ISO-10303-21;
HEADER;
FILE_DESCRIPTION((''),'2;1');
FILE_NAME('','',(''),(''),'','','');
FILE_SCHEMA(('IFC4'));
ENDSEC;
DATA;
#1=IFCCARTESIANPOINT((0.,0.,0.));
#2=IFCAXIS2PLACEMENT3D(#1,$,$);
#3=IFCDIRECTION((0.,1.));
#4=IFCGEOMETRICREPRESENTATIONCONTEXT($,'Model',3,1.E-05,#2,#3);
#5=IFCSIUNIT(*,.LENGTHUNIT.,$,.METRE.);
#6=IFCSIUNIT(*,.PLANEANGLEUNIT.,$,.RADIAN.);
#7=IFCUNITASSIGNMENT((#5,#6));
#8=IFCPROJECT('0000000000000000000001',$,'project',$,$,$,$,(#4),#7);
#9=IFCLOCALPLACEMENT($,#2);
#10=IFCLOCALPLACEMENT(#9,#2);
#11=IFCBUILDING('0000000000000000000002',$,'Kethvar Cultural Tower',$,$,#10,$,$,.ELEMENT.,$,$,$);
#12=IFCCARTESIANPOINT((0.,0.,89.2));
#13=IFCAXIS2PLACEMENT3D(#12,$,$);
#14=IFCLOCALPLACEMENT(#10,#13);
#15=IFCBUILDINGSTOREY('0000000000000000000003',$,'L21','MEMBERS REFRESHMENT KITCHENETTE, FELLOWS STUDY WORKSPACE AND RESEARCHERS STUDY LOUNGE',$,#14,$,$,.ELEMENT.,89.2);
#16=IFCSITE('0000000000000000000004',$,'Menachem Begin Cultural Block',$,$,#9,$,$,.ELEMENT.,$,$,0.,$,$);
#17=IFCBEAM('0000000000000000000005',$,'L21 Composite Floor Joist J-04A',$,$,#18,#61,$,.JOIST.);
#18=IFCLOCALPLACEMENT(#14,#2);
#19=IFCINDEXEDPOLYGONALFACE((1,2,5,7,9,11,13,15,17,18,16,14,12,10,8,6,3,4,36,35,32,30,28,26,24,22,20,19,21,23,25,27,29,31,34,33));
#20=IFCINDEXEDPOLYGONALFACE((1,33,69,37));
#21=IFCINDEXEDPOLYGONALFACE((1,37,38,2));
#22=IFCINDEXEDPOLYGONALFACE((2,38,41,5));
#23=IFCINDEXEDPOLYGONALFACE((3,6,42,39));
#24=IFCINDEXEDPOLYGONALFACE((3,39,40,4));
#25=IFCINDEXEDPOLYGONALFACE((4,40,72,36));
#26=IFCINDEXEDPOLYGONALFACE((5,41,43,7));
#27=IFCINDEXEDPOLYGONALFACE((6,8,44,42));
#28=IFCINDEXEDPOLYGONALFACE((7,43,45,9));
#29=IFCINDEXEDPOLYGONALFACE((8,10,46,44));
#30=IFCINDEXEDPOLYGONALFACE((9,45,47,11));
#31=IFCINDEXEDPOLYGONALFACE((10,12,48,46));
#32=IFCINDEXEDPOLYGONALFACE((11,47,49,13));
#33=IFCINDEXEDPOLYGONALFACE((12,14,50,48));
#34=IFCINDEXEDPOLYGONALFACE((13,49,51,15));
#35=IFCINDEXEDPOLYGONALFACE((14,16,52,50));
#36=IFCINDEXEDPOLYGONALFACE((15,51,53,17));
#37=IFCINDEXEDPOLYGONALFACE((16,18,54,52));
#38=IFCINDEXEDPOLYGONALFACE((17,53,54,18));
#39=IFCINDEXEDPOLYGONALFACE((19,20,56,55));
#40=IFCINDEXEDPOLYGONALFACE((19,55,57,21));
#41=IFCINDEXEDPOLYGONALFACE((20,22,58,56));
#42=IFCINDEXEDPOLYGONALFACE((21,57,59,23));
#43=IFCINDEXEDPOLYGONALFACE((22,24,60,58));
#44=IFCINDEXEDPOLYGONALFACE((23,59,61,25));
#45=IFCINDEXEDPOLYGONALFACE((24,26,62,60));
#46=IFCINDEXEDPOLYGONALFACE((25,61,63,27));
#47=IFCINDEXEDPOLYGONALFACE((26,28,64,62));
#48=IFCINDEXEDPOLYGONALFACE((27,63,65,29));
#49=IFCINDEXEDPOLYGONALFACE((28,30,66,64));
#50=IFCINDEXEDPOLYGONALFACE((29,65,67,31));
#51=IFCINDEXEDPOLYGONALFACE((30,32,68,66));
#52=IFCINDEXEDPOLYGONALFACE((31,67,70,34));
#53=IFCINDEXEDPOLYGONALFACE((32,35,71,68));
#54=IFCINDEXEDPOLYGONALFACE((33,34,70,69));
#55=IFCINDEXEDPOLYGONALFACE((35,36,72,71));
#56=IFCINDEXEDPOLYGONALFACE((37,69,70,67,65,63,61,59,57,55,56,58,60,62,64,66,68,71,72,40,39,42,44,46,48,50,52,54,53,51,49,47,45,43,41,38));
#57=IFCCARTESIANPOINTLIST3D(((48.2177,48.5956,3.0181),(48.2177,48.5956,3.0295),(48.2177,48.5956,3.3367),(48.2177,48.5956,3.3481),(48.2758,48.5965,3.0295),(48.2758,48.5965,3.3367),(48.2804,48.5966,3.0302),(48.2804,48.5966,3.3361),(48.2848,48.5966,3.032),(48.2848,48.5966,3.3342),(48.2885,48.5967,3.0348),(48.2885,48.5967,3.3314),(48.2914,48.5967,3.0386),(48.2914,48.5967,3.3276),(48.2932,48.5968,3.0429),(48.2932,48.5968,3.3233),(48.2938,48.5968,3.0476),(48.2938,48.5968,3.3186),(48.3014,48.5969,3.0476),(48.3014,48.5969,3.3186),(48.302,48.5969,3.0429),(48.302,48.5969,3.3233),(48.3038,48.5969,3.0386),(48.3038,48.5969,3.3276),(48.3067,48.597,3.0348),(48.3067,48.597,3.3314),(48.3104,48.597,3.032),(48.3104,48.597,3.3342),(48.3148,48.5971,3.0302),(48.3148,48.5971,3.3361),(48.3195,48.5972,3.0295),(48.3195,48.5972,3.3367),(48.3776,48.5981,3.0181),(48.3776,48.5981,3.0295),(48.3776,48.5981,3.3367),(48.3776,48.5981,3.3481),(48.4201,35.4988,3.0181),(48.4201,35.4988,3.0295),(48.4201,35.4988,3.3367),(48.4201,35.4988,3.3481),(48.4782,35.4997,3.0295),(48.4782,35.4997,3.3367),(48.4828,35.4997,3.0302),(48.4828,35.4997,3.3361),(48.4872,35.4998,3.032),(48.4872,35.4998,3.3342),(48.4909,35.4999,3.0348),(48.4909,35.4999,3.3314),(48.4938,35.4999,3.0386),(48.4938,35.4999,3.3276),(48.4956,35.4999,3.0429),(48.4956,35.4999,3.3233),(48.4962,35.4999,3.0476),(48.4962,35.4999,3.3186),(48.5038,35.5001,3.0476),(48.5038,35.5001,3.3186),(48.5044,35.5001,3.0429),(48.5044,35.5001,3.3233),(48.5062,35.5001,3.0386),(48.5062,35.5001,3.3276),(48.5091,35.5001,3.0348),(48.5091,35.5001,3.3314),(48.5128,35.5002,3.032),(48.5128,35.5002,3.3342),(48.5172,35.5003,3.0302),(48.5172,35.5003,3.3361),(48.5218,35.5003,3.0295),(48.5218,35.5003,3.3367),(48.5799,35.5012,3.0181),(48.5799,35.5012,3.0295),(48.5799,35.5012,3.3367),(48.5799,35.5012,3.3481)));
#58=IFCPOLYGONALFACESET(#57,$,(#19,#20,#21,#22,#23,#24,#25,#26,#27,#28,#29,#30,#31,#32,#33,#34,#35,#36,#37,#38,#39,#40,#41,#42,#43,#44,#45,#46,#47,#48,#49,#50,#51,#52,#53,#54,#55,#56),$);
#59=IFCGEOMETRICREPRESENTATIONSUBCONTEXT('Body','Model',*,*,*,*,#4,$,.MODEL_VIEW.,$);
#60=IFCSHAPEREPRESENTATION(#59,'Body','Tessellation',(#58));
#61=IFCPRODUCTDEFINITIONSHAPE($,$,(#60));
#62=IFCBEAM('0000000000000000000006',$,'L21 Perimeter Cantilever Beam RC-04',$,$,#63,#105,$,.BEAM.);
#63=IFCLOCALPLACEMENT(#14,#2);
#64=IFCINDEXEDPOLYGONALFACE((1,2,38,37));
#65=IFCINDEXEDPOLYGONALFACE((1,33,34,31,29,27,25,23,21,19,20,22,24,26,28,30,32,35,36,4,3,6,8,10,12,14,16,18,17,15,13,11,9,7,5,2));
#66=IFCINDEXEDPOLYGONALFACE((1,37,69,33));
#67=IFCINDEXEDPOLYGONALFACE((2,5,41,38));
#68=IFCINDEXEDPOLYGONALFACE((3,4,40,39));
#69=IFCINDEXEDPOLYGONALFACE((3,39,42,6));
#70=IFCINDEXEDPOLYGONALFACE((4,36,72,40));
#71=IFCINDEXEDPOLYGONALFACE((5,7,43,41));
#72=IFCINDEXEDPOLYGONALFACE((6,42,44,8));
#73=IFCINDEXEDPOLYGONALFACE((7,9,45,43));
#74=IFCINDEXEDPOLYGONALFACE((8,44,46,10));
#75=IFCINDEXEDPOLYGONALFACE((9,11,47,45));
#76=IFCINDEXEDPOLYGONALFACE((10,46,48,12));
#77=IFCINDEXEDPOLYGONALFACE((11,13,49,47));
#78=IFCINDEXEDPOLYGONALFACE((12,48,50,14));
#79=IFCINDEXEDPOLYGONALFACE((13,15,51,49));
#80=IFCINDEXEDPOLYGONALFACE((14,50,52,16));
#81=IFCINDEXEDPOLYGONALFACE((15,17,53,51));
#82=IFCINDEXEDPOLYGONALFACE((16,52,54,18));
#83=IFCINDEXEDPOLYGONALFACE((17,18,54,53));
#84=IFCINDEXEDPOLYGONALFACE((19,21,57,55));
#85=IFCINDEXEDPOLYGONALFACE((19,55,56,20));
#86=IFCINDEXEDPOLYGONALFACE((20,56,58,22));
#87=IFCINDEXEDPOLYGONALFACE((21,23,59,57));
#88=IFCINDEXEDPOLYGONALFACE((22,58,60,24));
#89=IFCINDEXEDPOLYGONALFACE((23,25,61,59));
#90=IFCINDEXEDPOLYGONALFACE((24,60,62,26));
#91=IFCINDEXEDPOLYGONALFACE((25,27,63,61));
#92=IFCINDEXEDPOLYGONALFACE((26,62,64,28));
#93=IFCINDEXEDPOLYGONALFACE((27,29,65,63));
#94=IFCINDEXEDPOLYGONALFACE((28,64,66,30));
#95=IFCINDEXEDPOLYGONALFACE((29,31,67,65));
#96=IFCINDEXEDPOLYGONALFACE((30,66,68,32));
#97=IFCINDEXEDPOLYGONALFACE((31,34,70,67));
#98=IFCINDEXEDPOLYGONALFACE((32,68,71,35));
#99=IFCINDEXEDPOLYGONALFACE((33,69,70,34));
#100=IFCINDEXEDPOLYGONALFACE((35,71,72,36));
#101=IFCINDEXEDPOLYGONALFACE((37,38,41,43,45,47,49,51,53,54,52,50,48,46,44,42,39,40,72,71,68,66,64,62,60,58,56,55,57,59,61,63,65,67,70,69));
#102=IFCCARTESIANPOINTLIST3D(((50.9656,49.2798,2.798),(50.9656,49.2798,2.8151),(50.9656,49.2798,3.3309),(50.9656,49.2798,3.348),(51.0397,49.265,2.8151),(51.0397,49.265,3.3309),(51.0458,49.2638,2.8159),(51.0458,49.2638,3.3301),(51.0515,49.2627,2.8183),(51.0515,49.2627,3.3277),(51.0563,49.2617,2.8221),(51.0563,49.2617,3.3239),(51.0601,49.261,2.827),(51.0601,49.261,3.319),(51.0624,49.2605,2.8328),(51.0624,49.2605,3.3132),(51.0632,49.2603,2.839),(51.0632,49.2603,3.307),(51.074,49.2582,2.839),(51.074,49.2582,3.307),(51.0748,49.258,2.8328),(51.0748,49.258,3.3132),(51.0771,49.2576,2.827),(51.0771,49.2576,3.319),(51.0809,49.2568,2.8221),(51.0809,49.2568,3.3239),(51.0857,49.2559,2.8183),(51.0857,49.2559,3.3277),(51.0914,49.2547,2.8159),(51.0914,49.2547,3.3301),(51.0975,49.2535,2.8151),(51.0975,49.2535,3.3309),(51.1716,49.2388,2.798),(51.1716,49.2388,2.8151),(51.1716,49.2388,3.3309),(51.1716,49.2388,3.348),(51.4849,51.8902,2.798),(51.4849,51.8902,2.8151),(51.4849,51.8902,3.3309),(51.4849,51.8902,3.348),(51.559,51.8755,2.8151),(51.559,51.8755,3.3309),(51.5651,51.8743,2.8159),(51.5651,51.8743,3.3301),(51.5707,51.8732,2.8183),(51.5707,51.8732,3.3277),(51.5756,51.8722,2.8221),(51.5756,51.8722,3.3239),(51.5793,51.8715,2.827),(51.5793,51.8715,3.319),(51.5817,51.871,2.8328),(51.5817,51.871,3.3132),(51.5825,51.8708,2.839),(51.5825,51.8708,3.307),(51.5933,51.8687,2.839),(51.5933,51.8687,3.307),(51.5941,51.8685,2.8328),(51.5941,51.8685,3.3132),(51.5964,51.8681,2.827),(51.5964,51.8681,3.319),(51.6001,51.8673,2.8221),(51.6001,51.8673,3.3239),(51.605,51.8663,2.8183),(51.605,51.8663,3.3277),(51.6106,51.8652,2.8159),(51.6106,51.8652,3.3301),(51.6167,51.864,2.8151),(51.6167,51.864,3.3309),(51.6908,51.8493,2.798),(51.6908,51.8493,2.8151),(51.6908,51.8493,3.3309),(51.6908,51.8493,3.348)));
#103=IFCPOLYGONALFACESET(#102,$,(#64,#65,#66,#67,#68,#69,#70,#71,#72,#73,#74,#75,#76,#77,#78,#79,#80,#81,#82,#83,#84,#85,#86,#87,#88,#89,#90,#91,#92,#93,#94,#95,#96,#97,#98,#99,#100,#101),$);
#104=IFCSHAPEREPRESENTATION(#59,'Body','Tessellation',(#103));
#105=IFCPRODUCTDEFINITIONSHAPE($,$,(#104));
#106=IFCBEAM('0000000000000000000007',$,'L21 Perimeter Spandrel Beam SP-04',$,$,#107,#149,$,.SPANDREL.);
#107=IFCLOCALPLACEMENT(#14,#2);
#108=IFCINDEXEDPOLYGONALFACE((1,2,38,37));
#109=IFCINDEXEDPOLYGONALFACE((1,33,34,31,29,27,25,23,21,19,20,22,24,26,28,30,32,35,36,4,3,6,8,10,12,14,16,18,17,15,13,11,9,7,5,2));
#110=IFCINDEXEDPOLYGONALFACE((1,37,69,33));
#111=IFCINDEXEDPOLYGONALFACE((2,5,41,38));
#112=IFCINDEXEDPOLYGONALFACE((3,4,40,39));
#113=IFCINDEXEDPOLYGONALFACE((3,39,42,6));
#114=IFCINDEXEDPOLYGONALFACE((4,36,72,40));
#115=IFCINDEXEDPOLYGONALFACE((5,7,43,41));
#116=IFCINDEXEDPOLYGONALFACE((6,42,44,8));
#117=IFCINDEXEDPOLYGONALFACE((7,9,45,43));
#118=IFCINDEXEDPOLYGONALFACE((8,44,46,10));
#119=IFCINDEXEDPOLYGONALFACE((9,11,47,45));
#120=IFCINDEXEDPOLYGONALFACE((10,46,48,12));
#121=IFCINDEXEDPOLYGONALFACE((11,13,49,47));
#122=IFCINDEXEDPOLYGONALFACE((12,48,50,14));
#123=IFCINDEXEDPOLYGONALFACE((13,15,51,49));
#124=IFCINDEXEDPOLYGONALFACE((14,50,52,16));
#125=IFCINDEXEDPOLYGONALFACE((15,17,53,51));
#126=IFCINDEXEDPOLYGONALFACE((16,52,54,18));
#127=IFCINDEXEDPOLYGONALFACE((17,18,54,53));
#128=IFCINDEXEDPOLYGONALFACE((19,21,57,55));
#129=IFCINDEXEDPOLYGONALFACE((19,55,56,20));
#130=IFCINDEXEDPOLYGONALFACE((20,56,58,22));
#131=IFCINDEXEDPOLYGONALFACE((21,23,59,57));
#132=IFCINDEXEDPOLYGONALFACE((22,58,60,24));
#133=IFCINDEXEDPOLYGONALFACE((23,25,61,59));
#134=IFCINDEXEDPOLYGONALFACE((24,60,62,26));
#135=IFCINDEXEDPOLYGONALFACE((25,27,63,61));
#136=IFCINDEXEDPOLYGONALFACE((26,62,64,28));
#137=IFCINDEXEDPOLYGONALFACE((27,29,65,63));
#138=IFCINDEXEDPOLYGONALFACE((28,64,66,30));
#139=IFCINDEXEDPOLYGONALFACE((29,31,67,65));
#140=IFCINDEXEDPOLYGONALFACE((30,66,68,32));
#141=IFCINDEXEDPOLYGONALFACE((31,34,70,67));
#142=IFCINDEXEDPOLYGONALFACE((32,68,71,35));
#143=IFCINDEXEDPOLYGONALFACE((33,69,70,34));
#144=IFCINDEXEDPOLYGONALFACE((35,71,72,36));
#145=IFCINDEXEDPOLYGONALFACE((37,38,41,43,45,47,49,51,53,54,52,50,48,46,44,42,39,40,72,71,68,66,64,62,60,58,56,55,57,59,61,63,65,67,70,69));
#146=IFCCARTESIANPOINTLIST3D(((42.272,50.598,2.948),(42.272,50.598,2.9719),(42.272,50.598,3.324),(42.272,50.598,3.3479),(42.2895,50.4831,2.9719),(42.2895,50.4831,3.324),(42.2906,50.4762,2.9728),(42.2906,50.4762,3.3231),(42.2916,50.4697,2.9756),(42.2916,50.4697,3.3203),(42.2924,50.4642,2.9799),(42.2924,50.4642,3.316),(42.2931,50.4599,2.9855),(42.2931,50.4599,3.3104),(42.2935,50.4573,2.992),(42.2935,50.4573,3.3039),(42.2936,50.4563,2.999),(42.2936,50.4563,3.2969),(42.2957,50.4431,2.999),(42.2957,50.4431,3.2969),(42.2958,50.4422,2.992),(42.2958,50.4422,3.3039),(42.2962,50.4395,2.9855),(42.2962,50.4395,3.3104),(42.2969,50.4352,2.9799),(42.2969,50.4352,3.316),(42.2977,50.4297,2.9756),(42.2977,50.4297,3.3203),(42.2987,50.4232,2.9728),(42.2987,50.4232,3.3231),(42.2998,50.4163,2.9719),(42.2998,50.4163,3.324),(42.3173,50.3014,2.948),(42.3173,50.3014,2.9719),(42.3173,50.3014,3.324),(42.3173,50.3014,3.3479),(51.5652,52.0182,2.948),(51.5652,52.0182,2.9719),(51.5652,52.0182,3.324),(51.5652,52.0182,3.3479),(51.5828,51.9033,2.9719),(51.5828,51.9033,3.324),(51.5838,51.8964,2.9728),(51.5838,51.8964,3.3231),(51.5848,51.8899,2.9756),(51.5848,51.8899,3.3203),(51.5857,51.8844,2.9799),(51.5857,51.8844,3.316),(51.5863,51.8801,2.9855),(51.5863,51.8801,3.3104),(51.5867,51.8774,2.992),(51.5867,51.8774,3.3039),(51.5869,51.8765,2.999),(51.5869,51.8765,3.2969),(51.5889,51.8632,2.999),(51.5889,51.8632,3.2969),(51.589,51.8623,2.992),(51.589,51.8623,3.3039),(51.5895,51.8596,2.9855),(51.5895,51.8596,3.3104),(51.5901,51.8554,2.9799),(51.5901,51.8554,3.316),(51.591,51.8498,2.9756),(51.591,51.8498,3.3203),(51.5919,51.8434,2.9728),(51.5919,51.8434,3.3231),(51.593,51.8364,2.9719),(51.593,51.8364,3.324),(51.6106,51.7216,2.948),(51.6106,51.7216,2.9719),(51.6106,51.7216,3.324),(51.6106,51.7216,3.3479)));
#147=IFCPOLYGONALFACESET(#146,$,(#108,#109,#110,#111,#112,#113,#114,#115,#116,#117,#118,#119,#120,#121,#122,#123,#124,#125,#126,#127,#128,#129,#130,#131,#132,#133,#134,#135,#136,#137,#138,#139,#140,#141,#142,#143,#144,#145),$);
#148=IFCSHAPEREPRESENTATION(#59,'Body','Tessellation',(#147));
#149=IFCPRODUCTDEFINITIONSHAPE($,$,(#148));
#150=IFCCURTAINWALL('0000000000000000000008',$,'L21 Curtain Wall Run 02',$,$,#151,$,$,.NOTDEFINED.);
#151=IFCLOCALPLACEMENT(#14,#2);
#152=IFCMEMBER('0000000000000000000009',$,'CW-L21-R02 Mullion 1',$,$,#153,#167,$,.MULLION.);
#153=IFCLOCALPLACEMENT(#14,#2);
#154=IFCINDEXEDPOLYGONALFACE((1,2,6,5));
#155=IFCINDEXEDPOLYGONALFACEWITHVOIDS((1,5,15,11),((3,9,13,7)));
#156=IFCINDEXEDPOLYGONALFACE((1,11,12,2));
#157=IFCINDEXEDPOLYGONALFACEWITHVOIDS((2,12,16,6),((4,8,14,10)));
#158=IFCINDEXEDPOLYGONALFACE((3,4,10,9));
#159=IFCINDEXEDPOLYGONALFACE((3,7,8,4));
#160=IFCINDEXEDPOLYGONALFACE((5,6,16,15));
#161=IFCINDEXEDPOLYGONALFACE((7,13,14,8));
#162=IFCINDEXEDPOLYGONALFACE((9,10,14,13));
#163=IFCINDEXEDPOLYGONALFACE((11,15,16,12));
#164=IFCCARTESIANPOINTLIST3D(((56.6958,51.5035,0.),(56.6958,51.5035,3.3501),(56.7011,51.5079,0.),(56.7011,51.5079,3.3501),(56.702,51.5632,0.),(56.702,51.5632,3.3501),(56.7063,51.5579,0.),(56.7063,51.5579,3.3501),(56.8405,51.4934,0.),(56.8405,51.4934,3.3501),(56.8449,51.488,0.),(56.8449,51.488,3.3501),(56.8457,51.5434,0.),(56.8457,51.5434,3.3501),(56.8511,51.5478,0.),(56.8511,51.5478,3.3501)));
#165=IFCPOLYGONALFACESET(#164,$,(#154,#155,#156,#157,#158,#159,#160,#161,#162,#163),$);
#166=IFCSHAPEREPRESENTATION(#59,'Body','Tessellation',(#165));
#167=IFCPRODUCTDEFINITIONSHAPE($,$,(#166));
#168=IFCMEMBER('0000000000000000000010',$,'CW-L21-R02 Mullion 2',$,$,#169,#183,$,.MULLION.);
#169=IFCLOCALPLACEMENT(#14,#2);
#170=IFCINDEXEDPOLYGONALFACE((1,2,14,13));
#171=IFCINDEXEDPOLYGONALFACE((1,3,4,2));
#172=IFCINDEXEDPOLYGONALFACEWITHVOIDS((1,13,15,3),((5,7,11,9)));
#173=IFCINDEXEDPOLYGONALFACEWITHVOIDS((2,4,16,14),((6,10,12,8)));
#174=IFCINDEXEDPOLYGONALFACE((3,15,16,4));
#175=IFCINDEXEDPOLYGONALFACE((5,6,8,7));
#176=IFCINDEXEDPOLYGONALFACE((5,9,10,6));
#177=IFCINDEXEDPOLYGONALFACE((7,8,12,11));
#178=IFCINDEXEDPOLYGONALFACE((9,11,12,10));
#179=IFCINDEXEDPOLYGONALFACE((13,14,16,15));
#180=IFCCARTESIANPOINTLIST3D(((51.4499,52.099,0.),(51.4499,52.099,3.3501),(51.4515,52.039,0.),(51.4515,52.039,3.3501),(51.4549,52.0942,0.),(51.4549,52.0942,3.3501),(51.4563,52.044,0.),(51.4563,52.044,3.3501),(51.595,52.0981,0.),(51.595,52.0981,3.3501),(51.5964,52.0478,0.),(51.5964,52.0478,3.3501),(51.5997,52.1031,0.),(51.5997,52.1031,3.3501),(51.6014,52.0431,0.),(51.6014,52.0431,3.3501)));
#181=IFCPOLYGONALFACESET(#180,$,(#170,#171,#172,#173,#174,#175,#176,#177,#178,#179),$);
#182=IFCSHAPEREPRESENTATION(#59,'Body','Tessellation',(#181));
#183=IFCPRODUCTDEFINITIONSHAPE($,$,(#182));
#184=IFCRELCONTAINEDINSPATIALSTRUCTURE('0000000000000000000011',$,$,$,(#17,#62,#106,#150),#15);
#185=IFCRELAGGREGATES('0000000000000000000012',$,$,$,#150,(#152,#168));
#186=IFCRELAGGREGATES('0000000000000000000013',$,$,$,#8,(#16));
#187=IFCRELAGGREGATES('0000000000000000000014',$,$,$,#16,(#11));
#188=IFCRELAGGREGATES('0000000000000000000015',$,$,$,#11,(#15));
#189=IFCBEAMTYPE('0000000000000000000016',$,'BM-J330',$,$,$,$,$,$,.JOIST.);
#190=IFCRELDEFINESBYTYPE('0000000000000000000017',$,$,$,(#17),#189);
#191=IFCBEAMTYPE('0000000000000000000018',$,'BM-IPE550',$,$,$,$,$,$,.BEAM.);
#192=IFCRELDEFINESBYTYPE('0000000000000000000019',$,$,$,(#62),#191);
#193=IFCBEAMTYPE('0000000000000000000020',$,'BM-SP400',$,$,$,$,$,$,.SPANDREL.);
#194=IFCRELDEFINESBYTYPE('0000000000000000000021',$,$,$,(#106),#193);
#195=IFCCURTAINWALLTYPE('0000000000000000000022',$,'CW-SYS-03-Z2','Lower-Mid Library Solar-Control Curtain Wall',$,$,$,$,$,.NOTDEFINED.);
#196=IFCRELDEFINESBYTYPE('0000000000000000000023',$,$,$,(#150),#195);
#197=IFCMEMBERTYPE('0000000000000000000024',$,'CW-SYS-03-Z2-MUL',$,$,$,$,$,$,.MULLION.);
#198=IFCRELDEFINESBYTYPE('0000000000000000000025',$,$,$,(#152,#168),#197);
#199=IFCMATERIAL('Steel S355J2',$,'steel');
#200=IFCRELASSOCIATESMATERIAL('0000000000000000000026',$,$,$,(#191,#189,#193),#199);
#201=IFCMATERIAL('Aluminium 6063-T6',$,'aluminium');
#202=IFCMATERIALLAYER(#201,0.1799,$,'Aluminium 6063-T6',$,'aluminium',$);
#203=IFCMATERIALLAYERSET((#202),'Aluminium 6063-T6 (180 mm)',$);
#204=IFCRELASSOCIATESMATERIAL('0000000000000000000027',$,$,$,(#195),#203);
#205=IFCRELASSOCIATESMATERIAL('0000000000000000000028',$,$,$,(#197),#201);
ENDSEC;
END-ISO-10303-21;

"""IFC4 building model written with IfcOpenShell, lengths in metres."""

from ifc_helpers import new_model, si_unit, direction, frame, origin, origin_2d, place, context, subcontext, project, spatial, hollow_rectangle, i_section, extrude, source, transform, mapped, material, layer, layer_set, material_profile, profile_set, type_object, element, aggregate, save


model = new_model("IFC4")

# Units and contexts
model_context = context("Model", 3, precision=1e-05, world=origin(), true_north=direction((0.0, 1.0)))
body_context = subcontext(model_context, "Body", "Model", "MODEL_VIEW")
ifc_project = project(units=[si_unit("LENGTHUNIT", "METRE"), si_unit("PLANEANGLEUNIT", "RADIAN")], contexts=[model_context])

# Site, building, storey
site_placement = place(None, origin())
site = spatial("IfcSite", under=ifc_project, at=site_placement, Name="Menachem Begin Cultural Block", CompositionType="ELEMENT", RefElevation=0.0)
building_placement = place(site_placement, origin())
building = spatial("IfcBuilding", under=site, at=building_placement, Name="Kethvar Cultural Tower", CompositionType="ELEMENT")
storey_placement = place(building_placement, frame((0.0, 0.0, 89.2)))
storey = spatial("IfcBuildingStorey", under=building, at=storey_placement, Name="L21", Description="MEMBERS REFRESHMENT KITCHENETTE, FELLOWS STUDY WORKSPACE AND RESEARCHERS STUDY LOUNGE", CompositionType="ELEMENT", Elevation=89.2)

# Beams
ifc_material_1 = material(Name="Steel S355J2", Category="steel")
ifc_material_profile_1 = material_profile(ifc_material_1, i_section(OverallWidth=0.21, OverallDepth=0.55, WebThickness=0.011, FlangeThickness=0.0171, FilletRadius=0.0239, at=origin_2d()), Name="Steel S355J2 — IPE550")
ifc_profile_set_1 = profile_set([ifc_material_profile_1], Name="Steel S355J2 — IPE550")
beam_type_1 = type_object("IfcBeamType", Name="BM-IPE550", PredefinedType="BEAM", material=ifc_profile_set_1)
ifc_material_profile_2 = material_profile(ifc_material_1, i_section(OverallWidth=0.1599, OverallDepth=0.3301, WebThickness=0.0076, FlangeThickness=0.0115, FilletRadius=0.0181, at=origin_2d()), Name="Steel S355J2 — IPE330")
ifc_profile_set_2 = profile_set([ifc_material_profile_2], Name="Steel S355J2 — IPE330")
beam_type_2 = type_object("IfcBeamType", Name="BM-J330", PredefinedType="JOIST", material=ifc_profile_set_2)
shared_shape_1 = source(origin(), body_context, "Body", "SweptSolid", [
    extrude(i_section(OverallWidth=0.1599, OverallDepth=0.3301, WebThickness=0.0076, FlangeThickness=0.0115, FilletRadius=0.0181, at=origin_2d()), origin(), (0.0, 0.0, 1.0), 13.0984),
])
beam_1_placement = place(storey_placement, frame((48.5, 35.5, 3.1831), z_axis=(-0.015452, 0.999881, 0.0), x_axis=(-0.999881, -0.015452, 0.0)))
element("IfcBeam", 1, at=beam_1_placement, inside=storey, type_object=beam_type_2, Name="L21 Composite Floor Joist J-04A", PredefinedType="JOIST", context=body_context, shape_type="MappedRepresentation", body=[
    mapped(shared_shape_1, transform((0.0, 0.0, 0.0), scale=1.0)),
])
shared_shape_2 = source(origin(), body_context, "Body", "SweptSolid", [
    extrude(i_section(OverallWidth=0.21, OverallDepth=0.55, WebThickness=0.011, FlangeThickness=0.0171, FilletRadius=0.0239, at=origin_2d()), origin(), (0.0, 0.0, 1.0), 2.6616),
])
beam_2_placement = place(storey_placement, frame((51.0686, 49.2593, 3.073), z_axis=(0.195093, 0.980785, 0.0), x_axis=(-0.980785, 0.195093, 0.0)))
element("IfcBeam", 2, at=beam_2_placement, inside=storey, type_object=beam_type_1, Name="L21 Perimeter Cantilever Beam RC-04", PredefinedType="BEAM", context=body_context, shape_type="MappedRepresentation", body=[
    mapped(shared_shape_2, transform((0.0, 0.0, 0.0), scale=1.0)),
])
ifc_material_profile_3 = material_profile(ifc_material_1, i_section(OverallWidth=0.3, OverallDepth=0.3999, WebThickness=0.0134, FlangeThickness=0.0239, FilletRadius=0.0271, at=origin_2d()), Name="Steel S355J2 — HEB400")
ifc_profile_set_3 = profile_set([ifc_material_profile_3], Name="Steel S355J2 — HEB400")
beam_type_3 = type_object("IfcBeamType", Name="BM-SP400", PredefinedType="SPANDREL", material=ifc_profile_set_3)
shared_shape_3 = source(origin(), body_context, "Body", "SweptSolid", [
    extrude(i_section(OverallWidth=0.3, OverallDepth=0.3999, WebThickness=0.0134, FlangeThickness=0.0239, FilletRadius=0.0271, at=origin_2d()), origin(), (0.0, 0.0, 1.0), 9.4011),
])
beam_3_placement = place(storey_placement, frame((51.5879, 51.8699, 3.1479), z_axis=(-0.988524, -0.151064, 0.0), x_axis=(0.151064, -0.988524, 0.0)))
element("IfcBeam", 3, at=beam_3_placement, inside=storey, type_object=beam_type_3, Name="L21 Perimeter Spandrel Beam SP-04", PredefinedType="SPANDREL", context=body_context, shape_type="MappedRepresentation", body=[
    mapped(shared_shape_3, transform((0.0, 0.0, 0.0), scale=1.0)),
])

# Curtain wall, members
ifc_material_2 = material(Name="Aluminium 6063-T6", Category="aluminium")
ifc_layer_1 = layer(ifc_material_2, 0.1799, Name="Aluminium 6063-T6", Category="aluminium")
ifc_layer_set_1 = layer_set([ifc_layer_1], Name="Aluminium 6063-T6 (180 mm)")
curtain_wall_type = type_object("IfcCurtainWallType", Name="CW-SYS-03-Z2", Description="Lower-Mid Library Solar-Control Curtain Wall", PredefinedType="NOTDEFINED", material=ifc_layer_set_1)
curtain_wall_placement = place(storey_placement, origin())
curtain_wall = element("IfcCurtainWall", 4, at=curtain_wall_placement, inside=storey, type_object=curtain_wall_type, Name="L21 Curtain Wall Run 02", PredefinedType="NOTDEFINED")
ifc_material_profile_4 = material_profile(ifc_material_2, hollow_rectangle(XDim=0.0601, YDim=0.1499, WallThickness=0.0049, at=origin_2d()), Name="Aluminium 6063-T6 — RHS150x60x5")
ifc_profile_set_4 = profile_set([ifc_material_profile_4], Name="Aluminium 6063-T6 — RHS150x60x5")
member_type_1 = type_object("IfcMemberType", Name="CW-SYS-03-Z2-MUL", PredefinedType="MULLION", material=ifc_profile_set_4)
shared_shape_4 = source(origin(), body_context, "Body", "SweptSolid", [
    extrude(hollow_rectangle(XDim=0.0601, YDim=0.1499, WallThickness=0.0049, at=origin_2d()), origin(), (0.0, 0.0, 1.0), 3.3501),
])
member_1_placement = place(storey_placement, frame((56.7734, 51.5256, 0.0), z_axis=(0.0, 0.0, 1.0), x_axis=(-0.103192, -0.994661, 0.0)))
member_1 = element("IfcMember", 5, at=member_1_placement, type_object=member_type_1, Name="CW-L21-R02 Mullion 1", PredefinedType="MULLION", context=body_context, shape_type="MappedRepresentation", body=[
    mapped(shared_shape_4, transform((0.0, 0.0, 0.0), scale=1.0)),
])
member_2_placement = place(storey_placement, frame((51.5256, 52.071, 0.0), z_axis=(0.0, 0.0, 1.0), x_axis=(0.027608, -0.999619, 0.0)))
member_2 = element("IfcMember", 6, at=member_2_placement, type_object=member_type_1, Name="CW-L21-R02 Mullion 2", PredefinedType="MULLION", context=body_context, shape_type="MappedRepresentation", body=[
    mapped(shared_shape_4, transform((0.0, 0.0, 0.0), scale=1.0)),
])
aggregate(curtain_wall, [member_1, member_2])

save(model, "model.ifc")
